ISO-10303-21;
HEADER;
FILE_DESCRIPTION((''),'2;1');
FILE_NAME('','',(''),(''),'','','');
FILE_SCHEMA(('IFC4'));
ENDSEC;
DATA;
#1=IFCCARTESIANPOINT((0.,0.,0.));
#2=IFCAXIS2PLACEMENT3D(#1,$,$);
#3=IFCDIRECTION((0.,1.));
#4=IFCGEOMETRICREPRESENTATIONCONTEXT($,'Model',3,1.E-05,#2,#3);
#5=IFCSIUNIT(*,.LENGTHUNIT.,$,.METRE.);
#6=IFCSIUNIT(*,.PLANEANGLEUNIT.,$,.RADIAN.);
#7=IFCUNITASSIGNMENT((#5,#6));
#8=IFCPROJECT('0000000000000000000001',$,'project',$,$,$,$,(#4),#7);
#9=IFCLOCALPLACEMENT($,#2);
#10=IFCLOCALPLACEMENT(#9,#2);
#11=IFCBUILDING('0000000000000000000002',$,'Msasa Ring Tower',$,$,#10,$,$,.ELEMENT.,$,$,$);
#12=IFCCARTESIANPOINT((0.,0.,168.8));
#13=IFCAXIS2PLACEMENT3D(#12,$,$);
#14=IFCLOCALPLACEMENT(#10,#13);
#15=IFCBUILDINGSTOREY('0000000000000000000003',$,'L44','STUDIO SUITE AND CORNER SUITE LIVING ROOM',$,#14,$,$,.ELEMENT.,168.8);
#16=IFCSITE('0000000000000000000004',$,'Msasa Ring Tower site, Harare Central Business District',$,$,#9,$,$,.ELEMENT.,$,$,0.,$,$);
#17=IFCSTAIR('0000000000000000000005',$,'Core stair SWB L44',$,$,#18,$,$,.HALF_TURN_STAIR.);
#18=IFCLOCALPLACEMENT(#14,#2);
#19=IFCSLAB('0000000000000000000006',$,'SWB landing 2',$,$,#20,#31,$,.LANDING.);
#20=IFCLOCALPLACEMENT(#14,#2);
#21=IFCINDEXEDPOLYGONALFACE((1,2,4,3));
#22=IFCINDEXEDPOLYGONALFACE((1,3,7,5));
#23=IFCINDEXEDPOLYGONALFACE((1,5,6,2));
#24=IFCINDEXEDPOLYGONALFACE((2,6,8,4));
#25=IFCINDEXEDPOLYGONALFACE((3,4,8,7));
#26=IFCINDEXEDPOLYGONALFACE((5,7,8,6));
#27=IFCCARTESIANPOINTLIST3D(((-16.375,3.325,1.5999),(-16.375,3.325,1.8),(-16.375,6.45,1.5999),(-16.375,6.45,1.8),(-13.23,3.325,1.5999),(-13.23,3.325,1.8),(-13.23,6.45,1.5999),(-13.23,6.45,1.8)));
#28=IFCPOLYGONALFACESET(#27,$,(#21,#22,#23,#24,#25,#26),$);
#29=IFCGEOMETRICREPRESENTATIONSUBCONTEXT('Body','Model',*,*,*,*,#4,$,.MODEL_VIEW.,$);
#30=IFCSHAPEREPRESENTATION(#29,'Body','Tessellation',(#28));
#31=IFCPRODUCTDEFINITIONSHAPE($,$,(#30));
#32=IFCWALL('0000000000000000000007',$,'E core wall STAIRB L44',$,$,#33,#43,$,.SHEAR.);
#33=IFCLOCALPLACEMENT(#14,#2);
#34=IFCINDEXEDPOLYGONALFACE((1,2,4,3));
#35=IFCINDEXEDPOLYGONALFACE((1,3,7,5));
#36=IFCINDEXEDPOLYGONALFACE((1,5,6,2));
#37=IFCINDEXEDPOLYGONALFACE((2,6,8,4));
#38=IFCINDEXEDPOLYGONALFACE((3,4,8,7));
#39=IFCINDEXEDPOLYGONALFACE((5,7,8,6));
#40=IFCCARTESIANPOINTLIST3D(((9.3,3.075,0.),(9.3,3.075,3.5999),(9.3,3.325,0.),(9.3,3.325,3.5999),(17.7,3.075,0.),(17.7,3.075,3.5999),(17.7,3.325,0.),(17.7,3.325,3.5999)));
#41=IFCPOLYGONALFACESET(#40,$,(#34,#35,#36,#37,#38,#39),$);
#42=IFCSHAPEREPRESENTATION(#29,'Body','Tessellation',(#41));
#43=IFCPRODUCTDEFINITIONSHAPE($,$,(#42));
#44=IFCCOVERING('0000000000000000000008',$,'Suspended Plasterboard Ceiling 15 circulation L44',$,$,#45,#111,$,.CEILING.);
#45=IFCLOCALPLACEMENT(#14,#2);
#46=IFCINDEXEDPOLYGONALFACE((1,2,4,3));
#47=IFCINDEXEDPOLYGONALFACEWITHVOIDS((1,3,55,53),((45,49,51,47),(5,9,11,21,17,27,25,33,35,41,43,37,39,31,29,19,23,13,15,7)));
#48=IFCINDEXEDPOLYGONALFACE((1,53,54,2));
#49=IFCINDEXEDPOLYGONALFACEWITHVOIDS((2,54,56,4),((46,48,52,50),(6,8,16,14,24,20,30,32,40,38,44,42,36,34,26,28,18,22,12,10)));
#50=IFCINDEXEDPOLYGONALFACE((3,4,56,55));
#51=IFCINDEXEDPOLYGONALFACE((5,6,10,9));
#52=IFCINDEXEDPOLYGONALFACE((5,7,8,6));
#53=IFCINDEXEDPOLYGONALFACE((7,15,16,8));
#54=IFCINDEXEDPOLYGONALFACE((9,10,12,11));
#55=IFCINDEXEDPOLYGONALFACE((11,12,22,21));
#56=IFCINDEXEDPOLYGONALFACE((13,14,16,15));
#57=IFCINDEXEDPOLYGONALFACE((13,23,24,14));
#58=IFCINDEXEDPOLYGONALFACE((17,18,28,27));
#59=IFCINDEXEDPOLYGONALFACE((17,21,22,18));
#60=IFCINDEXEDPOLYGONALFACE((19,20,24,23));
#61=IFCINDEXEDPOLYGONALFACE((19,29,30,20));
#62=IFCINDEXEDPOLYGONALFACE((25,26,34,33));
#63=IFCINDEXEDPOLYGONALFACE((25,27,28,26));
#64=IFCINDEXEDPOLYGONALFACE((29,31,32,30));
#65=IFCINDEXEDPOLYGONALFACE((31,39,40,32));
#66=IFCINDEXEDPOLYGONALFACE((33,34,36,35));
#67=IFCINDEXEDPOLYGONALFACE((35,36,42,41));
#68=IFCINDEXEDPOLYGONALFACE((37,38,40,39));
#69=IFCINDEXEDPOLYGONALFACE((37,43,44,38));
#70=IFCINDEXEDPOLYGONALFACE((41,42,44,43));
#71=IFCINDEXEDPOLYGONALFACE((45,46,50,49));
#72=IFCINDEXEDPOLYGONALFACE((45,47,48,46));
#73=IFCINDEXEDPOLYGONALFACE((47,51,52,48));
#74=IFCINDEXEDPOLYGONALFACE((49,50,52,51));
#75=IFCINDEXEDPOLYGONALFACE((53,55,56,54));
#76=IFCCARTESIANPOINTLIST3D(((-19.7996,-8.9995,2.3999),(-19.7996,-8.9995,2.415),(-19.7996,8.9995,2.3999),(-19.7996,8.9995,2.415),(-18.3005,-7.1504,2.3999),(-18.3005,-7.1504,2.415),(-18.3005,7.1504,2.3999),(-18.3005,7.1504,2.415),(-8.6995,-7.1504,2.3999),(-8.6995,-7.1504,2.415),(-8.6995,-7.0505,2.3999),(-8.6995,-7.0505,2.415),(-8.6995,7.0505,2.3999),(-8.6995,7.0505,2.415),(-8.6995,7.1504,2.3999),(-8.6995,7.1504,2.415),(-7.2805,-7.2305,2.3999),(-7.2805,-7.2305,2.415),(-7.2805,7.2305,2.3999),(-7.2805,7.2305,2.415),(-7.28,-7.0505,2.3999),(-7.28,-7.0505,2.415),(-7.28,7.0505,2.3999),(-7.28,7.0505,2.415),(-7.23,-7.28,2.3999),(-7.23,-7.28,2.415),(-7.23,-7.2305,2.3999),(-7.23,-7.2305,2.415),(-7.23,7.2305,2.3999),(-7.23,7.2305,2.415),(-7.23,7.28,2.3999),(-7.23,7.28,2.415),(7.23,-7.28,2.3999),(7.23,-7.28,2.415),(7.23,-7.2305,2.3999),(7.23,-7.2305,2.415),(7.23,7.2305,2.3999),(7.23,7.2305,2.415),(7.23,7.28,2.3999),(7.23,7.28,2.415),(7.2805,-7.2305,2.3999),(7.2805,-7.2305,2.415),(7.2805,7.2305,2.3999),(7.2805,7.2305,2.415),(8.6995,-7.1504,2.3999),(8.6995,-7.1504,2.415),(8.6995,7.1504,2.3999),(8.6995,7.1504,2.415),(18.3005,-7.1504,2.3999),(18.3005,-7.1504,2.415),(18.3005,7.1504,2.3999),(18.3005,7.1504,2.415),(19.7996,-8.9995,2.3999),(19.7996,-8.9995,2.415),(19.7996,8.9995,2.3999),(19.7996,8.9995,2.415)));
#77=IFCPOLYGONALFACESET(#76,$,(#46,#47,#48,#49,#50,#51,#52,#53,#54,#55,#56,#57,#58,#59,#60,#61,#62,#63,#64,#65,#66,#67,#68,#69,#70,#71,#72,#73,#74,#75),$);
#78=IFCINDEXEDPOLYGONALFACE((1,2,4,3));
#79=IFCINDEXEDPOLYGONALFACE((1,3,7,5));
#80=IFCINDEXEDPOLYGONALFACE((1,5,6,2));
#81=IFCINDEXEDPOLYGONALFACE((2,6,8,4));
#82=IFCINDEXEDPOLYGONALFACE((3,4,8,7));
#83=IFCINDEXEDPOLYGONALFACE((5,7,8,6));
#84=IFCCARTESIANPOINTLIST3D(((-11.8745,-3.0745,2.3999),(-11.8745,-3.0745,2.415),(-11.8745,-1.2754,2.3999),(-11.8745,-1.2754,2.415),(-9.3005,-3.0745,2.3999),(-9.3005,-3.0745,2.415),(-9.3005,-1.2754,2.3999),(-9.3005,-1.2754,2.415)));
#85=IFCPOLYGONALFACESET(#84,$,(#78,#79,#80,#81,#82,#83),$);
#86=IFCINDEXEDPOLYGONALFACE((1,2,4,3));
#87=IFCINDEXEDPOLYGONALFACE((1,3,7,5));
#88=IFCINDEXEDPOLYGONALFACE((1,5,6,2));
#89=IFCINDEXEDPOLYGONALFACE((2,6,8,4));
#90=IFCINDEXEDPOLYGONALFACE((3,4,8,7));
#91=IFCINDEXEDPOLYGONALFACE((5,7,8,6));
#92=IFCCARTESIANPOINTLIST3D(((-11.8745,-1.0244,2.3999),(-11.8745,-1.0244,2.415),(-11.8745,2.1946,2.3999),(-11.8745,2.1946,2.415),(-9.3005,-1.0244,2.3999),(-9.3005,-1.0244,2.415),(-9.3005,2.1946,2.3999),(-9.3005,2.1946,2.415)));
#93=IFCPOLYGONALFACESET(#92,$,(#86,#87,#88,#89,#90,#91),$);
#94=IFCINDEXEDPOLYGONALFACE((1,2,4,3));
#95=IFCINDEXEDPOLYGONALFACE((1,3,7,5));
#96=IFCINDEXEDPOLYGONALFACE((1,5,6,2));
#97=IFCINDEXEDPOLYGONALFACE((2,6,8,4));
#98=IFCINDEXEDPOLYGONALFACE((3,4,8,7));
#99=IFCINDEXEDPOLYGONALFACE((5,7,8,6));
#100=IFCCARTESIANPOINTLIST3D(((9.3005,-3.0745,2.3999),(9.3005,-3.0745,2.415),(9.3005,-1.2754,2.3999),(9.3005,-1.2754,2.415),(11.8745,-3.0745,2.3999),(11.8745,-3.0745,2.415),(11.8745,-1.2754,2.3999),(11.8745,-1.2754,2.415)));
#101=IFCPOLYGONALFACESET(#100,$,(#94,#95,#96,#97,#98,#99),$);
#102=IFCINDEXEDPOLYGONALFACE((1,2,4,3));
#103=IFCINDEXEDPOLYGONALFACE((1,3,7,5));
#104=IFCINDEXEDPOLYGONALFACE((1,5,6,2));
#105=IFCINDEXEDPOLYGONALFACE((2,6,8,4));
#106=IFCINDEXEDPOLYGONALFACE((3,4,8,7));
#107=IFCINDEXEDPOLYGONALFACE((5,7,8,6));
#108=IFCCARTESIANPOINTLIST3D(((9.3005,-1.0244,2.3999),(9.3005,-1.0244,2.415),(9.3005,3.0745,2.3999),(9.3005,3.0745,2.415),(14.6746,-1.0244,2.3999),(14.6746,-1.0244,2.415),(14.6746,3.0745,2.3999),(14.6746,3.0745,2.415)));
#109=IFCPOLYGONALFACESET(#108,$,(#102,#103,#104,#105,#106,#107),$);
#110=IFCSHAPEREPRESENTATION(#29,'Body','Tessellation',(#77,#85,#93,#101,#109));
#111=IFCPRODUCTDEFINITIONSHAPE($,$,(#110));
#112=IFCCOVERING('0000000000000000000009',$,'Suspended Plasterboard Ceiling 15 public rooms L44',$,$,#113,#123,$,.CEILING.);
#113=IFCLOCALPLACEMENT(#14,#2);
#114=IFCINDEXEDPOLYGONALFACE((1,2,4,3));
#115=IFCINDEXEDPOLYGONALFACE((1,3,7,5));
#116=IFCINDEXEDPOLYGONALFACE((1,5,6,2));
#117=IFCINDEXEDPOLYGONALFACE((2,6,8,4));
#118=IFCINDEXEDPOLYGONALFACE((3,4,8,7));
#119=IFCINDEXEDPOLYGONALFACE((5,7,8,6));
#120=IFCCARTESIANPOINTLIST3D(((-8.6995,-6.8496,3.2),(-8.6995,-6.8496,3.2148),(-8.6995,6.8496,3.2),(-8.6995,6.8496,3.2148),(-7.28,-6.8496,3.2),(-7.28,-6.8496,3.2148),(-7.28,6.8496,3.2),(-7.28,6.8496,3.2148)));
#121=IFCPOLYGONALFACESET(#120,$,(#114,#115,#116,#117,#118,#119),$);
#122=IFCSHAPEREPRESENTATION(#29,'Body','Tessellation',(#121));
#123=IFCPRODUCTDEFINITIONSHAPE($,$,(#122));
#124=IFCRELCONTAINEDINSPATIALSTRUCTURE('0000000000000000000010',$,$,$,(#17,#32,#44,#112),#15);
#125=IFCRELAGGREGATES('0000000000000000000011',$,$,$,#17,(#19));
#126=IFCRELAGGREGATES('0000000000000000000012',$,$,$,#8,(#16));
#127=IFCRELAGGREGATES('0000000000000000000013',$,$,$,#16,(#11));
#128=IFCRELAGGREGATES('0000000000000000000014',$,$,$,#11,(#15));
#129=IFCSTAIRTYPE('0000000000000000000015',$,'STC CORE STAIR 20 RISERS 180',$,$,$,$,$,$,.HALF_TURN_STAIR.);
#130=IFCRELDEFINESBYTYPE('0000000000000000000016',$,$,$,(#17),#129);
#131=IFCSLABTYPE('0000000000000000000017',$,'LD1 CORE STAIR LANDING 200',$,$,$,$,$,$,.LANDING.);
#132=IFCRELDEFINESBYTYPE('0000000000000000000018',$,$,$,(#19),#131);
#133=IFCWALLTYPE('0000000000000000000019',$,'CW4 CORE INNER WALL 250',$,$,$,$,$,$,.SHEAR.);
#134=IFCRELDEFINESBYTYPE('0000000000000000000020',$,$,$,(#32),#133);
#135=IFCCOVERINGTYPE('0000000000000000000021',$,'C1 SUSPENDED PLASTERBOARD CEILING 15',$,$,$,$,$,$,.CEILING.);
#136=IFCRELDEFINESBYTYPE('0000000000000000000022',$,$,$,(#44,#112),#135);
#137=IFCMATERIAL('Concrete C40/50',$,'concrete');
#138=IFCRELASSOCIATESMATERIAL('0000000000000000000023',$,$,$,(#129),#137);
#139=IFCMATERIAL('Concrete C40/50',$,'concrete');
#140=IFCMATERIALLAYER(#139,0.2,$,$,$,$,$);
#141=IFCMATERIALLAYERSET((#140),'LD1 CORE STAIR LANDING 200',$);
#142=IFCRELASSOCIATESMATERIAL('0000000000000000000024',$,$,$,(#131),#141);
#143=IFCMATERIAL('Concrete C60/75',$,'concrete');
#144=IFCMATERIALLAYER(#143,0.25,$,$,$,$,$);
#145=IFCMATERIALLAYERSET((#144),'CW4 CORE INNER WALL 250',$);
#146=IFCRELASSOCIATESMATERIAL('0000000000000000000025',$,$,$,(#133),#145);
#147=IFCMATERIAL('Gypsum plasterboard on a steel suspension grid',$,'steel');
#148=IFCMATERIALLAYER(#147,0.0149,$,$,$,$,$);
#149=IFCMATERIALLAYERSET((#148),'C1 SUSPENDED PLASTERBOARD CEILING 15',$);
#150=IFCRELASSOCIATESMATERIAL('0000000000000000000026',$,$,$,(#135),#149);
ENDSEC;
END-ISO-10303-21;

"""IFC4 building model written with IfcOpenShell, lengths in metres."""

from ifc_helpers import new_model, si_unit, direction, frame, frame_2d, origin, place, context, subcontext, project, spatial, polyline, line, indexed_curve, rectangle, outline, extrude, material, layer, layer_set, type_object, element, aggregate, save


model = new_model("IFC4")

# Units and contexts
model_context = context("Model", 3, precision=1e-05, world=origin(), true_north=direction((0.0, 1.0)))
body_context = subcontext(model_context, "Body", "Model", "MODEL_VIEW")
ifc_project = project(units=[si_unit("LENGTHUNIT", "METRE"), si_unit("PLANEANGLEUNIT", "RADIAN")], contexts=[model_context])

# Site, building, storey
site_placement = place(None, origin())
site = spatial("IfcSite", under=ifc_project, at=site_placement, Name="Msasa Ring Tower site, Harare Central Business District", CompositionType="ELEMENT", RefElevation=0.0)
building_placement = place(site_placement, origin())
building = spatial("IfcBuilding", under=site, at=building_placement, Name="Msasa Ring Tower", CompositionType="ELEMENT")
storey_placement = place(building_placement, frame((0.0, 0.0, 168.8)))
storey = spatial("IfcBuildingStorey", under=building, at=storey_placement, Name="L44", Description="STUDIO SUITE AND CORNER SUITE LIVING ROOM", CompositionType="ELEMENT", Elevation=168.8)

# Shared definitions
ifc_material_1 = material(Name="Concrete C40/50", Category="concrete")
stair_type = type_object("IfcStairType", Name="STC CORE STAIR 20 RISERS 180", PredefinedType="HALF_TURN_STAIR", material=ifc_material_1)
ifc_material_2 = material(Name="Concrete C40/50", Category="concrete")
ifc_layer_1 = layer(ifc_material_2, 0.2)
ifc_layer_set_1 = layer_set([ifc_layer_1], Name="LD1 CORE STAIR LANDING 200")
slab_type = type_object("IfcSlabType", Name="LD1 CORE STAIR LANDING 200", PredefinedType="LANDING", material=ifc_layer_set_1)

# Stair, slab
stair_1_placement = place(storey_placement, origin())
stair_1 = element("IfcStair", 1, at=stair_1_placement, inside=storey, type_object=stair_type, Name="Core stair SWB L44", PredefinedType="HALF_TURN_STAIR")
slab_1_placement = place(storey_placement, frame((0.0, 0.0, 1.5999)))
slab_1 = element("IfcSlab", 2, at=slab_1_placement, type_object=slab_type, Name="SWB landing 2", PredefinedType="LANDING", context=body_context, shape_type="SweptSolid", body=[
    extrude(outline(polyline([(-16.375, 3.325), (-13.23, 3.325), (-13.23, 6.45), (-16.375, 6.45), (-16.375, 3.325)])), origin(), (0.0, 0.0, 1.0), 0.2002),
])
aggregate(stair_1, [slab_1])

# Wall
ifc_material_3 = material(Name="Concrete C60/75", Category="concrete")
ifc_layer_2 = layer(ifc_material_3, 0.25)
ifc_layer_set_2 = layer_set([ifc_layer_2], Name="CW4 CORE INNER WALL 250")
wall_type = type_object("IfcWallType", Name="CW4 CORE INNER WALL 250", PredefinedType="SHEAR", material=ifc_layer_set_2)
wall_placement = place(storey_placement, frame((9.3, 3.2, 0.0), z_axis=(0.0, 0.0, 1.0), x_axis=(1.0, 0.0, 0.0)))
element("IfcWall", 3, at=wall_placement, inside=storey, type_object=wall_type, Name="E core wall STAIRB L44", PredefinedType="SHEAR", context=body_context, shape_type="SweptSolid", body=[
    extrude(rectangle(XDim=8.3999, YDim=0.25, at=frame_2d((4.2, 0.0))), origin(), (0.0, 0.0, 1.0), 3.5999),
])

# Coverings
ifc_material_4 = material(Name="Gypsum plasterboard on a steel suspension grid", Category="steel")
ifc_layer_3 = layer(ifc_material_4, 0.0149)
ifc_layer_set_3 = layer_set([ifc_layer_3], Name="C1 SUSPENDED PLASTERBOARD CEILING 15")
covering_type_1 = type_object("IfcCoveringType", Name="C1 SUSPENDED PLASTERBOARD CEILING 15", PredefinedType="CEILING", material=ifc_layer_set_3)
covering_1_placement = place(storey_placement, frame((0.0, 0.0, 2.3999)))
element("IfcCovering", 4, at=covering_1_placement, inside=storey, type_object=covering_type_1, Name="Suspended Plasterboard Ceiling 15 circulation L44", PredefinedType="CEILING", context=body_context, shape_type="SweptSolid", body=[
    extrude(outline(indexed_curve([(-19.7996, -8.9995), (-19.7996, 8.9995), (19.7996, 8.9995), (19.7996, -8.9995)], segments=[line(1, 2, 3, 4, 1)], self_intersect=False), holes=[indexed_curve([(18.3005, -7.1504), (18.3005, 7.1504), (8.6995, 7.1504), (8.6995, -7.1504)], segments=[line(1, 2, 3, 4, 1)], self_intersect=False), indexed_curve([(-8.6995, 7.1504), (-18.3005, 7.1504), (-18.3005, -7.1504), (-8.6995, -7.1504), (-8.6995, -7.0505), (-7.28, -7.0505), (-7.2805, -7.2305), (-7.23, -7.2305), (-7.23, -7.28), (7.23, -7.28), (7.23, -7.2305), (7.2805, -7.2305), (7.2805, 7.2305), (7.23, 7.2305), (7.23, 7.28), (-7.23, 7.28), (-7.23, 7.2305), (-7.2805, 7.2305), (-7.28, 7.0505), (-8.6995, 7.0505)], segments=[line(1, 2, 3, 4, 5, 6, 7, 8, 9, 10, 11, 12, 13, 14, 15, 16, 17, 18, 19, 20, 1)], self_intersect=False)]), origin(), (0.0, 0.0, 1.0), 0.0151),
    extrude(outline(indexed_curve([(-9.3005, -3.0745), (-11.8745, -3.0745), (-11.8745, -1.2754), (-9.3005, -1.2754)], segments=[line(1, 2, 3, 4, 1)], self_intersect=False)), origin(), (0.0, 0.0, 1.0), 0.0151),
    extrude(outline(indexed_curve([(-11.8745, -1.0244), (-11.8745, 2.1946), (-9.3005, 2.1946), (-9.3005, -1.0244)], segments=[line(1, 2, 3, 4, 1)], self_intersect=False)), origin(), (0.0, 0.0, 1.0), 0.0151),
    extrude(outline(indexed_curve([(11.8745, -3.0745), (9.3005, -3.0745), (9.3005, -1.2754), (11.8745, -1.2754)], segments=[line(1, 2, 3, 4, 1)], self_intersect=False)), origin(), (0.0, 0.0, 1.0), 0.0151),
    extrude(outline(indexed_curve([(9.3005, -1.0244), (9.3005, 3.0745), (14.6746, 3.0745), (14.6746, -1.0244)], segments=[line(1, 2, 3, 4, 1)], self_intersect=False)), origin(), (0.0, 0.0, 1.0), 0.0151),
])
covering_2_placement = place(storey_placement, frame((0.0, 0.0, 3.2)))
element("IfcCovering", 5, at=covering_2_placement, inside=storey, type_object=covering_type_1, Name="Suspended Plasterboard Ceiling 15 public rooms L44", PredefinedType="CEILING", context=body_context, shape_type="SweptSolid", body=[
    extrude(outline(indexed_curve([(-8.6995, 6.8496), (-7.28, 6.8496), (-7.28, -6.8496), (-8.6995, -6.8496)], segments=[line(1, 2, 3, 4, 1)], self_intersect=False)), origin(), (0.0, 0.0, 1.0), 0.0149),
])

save(model, "model.ifc")
